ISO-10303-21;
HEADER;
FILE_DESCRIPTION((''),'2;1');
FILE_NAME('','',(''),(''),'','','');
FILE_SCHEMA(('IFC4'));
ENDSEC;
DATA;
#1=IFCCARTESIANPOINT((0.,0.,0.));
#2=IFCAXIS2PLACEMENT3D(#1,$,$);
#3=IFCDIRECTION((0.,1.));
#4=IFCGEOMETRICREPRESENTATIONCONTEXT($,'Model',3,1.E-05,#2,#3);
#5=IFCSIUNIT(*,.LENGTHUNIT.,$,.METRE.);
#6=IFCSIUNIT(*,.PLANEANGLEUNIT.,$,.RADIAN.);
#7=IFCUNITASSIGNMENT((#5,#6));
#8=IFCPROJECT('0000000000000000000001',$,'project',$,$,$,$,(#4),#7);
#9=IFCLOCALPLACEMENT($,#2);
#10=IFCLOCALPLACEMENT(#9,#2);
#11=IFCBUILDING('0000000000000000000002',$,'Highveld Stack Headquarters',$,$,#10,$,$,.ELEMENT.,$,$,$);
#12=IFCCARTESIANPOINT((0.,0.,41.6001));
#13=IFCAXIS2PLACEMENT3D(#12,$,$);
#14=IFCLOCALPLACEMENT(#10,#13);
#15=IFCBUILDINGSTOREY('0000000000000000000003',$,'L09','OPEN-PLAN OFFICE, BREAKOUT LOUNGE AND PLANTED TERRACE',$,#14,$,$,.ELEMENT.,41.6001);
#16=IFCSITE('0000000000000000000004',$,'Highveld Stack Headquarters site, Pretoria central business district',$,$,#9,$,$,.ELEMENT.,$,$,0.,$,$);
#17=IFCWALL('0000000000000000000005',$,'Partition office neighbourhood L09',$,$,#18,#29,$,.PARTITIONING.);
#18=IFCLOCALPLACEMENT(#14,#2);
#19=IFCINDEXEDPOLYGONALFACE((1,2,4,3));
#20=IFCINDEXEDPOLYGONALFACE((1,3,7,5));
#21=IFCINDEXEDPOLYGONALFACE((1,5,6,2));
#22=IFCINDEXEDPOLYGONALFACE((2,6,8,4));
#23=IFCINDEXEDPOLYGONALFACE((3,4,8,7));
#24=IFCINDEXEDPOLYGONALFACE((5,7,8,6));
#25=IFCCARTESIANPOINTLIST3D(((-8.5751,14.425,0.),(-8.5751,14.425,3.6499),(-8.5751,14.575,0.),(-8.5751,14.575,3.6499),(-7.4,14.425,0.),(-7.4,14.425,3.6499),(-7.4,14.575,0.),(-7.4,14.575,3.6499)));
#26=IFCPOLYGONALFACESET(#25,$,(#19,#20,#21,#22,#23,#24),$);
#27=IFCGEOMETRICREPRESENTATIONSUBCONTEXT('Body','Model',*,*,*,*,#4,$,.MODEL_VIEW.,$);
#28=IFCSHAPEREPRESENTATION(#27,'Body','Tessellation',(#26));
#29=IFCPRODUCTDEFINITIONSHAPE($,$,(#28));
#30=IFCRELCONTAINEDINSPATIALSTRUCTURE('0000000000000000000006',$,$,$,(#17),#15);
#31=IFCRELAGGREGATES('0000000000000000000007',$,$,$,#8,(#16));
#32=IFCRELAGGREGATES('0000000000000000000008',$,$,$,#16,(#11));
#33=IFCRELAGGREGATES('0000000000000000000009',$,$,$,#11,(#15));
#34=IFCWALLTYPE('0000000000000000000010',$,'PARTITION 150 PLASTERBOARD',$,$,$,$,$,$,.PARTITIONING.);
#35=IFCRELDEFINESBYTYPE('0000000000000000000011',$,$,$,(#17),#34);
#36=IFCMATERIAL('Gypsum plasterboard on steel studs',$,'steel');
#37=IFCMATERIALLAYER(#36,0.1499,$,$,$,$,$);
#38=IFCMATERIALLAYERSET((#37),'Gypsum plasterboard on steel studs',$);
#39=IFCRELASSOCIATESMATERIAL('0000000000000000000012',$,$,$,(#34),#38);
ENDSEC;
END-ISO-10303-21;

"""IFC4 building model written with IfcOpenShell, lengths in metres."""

from ifc_helpers import new_model, si_unit, direction, frame, frame_2d, origin, place, context, subcontext, project, spatial, rectangle, extrude, material, layer, layer_set, type_object, element, save


model = new_model("IFC4")

# Units and contexts
model_context = context("Model", 3, precision=1e-05, world=origin(), true_north=direction((0.0, 1.0)))
body_context = subcontext(model_context, "Body", "Model", "MODEL_VIEW")
ifc_project = project(units=[si_unit("LENGTHUNIT", "METRE"), si_unit("PLANEANGLEUNIT", "RADIAN")], contexts=[model_context])

# Site, building, storey
site_placement = place(None, origin())
site = spatial("IfcSite", under=ifc_project, at=site_placement, Name="Highveld Stack Headquarters site, Pretoria central business district", CompositionType="ELEMENT", RefElevation=0.0)
building_placement = place(site_placement, origin())
building = spatial("IfcBuilding", under=site, at=building_placement, Name="Highveld Stack Headquarters", CompositionType="ELEMENT")
storey_placement = place(building_placement, frame((0.0, 0.0, 41.6001)))
storey = spatial("IfcBuildingStorey", under=building, at=storey_placement, Name="L09", Description="OPEN-PLAN OFFICE, BREAKOUT LOUNGE AND PLANTED TERRACE", CompositionType="ELEMENT", Elevation=41.6001)

# Shared definitions
ifc_material_1 = material(Name="Gypsum plasterboard on steel studs", Category="steel")
ifc_layer_1 = layer(ifc_material_1, 0.1499)
ifc_layer_set_1 = layer_set([ifc_layer_1], Name="Gypsum plasterboard on steel studs")
wall_type_1 = type_object("IfcWallType", Name="PARTITION 150 PLASTERBOARD", PredefinedType="PARTITIONING", material=ifc_layer_set_1)

# Wall
wall_1_placement = place(storey_placement, frame((-8.575, 14.5, 0.0), z_axis=(0.0, 0.0, 1.0), x_axis=(1.0, 0.0, 0.0)))
element("IfcWall", 1, at=wall_1_placement, inside=storey, type_object=wall_type_1, Name="Partition office neighbourhood L09", PredefinedType="PARTITIONING", context=body_context, shape_type="SweptSolid", body=[
    extrude(rectangle(XDim=1.175, YDim=0.1499, at=frame_2d((0.5874, 0.0))), origin(), (0.0, 0.0, 1.0), 3.6499),
])

save(model, "model.ifc")
